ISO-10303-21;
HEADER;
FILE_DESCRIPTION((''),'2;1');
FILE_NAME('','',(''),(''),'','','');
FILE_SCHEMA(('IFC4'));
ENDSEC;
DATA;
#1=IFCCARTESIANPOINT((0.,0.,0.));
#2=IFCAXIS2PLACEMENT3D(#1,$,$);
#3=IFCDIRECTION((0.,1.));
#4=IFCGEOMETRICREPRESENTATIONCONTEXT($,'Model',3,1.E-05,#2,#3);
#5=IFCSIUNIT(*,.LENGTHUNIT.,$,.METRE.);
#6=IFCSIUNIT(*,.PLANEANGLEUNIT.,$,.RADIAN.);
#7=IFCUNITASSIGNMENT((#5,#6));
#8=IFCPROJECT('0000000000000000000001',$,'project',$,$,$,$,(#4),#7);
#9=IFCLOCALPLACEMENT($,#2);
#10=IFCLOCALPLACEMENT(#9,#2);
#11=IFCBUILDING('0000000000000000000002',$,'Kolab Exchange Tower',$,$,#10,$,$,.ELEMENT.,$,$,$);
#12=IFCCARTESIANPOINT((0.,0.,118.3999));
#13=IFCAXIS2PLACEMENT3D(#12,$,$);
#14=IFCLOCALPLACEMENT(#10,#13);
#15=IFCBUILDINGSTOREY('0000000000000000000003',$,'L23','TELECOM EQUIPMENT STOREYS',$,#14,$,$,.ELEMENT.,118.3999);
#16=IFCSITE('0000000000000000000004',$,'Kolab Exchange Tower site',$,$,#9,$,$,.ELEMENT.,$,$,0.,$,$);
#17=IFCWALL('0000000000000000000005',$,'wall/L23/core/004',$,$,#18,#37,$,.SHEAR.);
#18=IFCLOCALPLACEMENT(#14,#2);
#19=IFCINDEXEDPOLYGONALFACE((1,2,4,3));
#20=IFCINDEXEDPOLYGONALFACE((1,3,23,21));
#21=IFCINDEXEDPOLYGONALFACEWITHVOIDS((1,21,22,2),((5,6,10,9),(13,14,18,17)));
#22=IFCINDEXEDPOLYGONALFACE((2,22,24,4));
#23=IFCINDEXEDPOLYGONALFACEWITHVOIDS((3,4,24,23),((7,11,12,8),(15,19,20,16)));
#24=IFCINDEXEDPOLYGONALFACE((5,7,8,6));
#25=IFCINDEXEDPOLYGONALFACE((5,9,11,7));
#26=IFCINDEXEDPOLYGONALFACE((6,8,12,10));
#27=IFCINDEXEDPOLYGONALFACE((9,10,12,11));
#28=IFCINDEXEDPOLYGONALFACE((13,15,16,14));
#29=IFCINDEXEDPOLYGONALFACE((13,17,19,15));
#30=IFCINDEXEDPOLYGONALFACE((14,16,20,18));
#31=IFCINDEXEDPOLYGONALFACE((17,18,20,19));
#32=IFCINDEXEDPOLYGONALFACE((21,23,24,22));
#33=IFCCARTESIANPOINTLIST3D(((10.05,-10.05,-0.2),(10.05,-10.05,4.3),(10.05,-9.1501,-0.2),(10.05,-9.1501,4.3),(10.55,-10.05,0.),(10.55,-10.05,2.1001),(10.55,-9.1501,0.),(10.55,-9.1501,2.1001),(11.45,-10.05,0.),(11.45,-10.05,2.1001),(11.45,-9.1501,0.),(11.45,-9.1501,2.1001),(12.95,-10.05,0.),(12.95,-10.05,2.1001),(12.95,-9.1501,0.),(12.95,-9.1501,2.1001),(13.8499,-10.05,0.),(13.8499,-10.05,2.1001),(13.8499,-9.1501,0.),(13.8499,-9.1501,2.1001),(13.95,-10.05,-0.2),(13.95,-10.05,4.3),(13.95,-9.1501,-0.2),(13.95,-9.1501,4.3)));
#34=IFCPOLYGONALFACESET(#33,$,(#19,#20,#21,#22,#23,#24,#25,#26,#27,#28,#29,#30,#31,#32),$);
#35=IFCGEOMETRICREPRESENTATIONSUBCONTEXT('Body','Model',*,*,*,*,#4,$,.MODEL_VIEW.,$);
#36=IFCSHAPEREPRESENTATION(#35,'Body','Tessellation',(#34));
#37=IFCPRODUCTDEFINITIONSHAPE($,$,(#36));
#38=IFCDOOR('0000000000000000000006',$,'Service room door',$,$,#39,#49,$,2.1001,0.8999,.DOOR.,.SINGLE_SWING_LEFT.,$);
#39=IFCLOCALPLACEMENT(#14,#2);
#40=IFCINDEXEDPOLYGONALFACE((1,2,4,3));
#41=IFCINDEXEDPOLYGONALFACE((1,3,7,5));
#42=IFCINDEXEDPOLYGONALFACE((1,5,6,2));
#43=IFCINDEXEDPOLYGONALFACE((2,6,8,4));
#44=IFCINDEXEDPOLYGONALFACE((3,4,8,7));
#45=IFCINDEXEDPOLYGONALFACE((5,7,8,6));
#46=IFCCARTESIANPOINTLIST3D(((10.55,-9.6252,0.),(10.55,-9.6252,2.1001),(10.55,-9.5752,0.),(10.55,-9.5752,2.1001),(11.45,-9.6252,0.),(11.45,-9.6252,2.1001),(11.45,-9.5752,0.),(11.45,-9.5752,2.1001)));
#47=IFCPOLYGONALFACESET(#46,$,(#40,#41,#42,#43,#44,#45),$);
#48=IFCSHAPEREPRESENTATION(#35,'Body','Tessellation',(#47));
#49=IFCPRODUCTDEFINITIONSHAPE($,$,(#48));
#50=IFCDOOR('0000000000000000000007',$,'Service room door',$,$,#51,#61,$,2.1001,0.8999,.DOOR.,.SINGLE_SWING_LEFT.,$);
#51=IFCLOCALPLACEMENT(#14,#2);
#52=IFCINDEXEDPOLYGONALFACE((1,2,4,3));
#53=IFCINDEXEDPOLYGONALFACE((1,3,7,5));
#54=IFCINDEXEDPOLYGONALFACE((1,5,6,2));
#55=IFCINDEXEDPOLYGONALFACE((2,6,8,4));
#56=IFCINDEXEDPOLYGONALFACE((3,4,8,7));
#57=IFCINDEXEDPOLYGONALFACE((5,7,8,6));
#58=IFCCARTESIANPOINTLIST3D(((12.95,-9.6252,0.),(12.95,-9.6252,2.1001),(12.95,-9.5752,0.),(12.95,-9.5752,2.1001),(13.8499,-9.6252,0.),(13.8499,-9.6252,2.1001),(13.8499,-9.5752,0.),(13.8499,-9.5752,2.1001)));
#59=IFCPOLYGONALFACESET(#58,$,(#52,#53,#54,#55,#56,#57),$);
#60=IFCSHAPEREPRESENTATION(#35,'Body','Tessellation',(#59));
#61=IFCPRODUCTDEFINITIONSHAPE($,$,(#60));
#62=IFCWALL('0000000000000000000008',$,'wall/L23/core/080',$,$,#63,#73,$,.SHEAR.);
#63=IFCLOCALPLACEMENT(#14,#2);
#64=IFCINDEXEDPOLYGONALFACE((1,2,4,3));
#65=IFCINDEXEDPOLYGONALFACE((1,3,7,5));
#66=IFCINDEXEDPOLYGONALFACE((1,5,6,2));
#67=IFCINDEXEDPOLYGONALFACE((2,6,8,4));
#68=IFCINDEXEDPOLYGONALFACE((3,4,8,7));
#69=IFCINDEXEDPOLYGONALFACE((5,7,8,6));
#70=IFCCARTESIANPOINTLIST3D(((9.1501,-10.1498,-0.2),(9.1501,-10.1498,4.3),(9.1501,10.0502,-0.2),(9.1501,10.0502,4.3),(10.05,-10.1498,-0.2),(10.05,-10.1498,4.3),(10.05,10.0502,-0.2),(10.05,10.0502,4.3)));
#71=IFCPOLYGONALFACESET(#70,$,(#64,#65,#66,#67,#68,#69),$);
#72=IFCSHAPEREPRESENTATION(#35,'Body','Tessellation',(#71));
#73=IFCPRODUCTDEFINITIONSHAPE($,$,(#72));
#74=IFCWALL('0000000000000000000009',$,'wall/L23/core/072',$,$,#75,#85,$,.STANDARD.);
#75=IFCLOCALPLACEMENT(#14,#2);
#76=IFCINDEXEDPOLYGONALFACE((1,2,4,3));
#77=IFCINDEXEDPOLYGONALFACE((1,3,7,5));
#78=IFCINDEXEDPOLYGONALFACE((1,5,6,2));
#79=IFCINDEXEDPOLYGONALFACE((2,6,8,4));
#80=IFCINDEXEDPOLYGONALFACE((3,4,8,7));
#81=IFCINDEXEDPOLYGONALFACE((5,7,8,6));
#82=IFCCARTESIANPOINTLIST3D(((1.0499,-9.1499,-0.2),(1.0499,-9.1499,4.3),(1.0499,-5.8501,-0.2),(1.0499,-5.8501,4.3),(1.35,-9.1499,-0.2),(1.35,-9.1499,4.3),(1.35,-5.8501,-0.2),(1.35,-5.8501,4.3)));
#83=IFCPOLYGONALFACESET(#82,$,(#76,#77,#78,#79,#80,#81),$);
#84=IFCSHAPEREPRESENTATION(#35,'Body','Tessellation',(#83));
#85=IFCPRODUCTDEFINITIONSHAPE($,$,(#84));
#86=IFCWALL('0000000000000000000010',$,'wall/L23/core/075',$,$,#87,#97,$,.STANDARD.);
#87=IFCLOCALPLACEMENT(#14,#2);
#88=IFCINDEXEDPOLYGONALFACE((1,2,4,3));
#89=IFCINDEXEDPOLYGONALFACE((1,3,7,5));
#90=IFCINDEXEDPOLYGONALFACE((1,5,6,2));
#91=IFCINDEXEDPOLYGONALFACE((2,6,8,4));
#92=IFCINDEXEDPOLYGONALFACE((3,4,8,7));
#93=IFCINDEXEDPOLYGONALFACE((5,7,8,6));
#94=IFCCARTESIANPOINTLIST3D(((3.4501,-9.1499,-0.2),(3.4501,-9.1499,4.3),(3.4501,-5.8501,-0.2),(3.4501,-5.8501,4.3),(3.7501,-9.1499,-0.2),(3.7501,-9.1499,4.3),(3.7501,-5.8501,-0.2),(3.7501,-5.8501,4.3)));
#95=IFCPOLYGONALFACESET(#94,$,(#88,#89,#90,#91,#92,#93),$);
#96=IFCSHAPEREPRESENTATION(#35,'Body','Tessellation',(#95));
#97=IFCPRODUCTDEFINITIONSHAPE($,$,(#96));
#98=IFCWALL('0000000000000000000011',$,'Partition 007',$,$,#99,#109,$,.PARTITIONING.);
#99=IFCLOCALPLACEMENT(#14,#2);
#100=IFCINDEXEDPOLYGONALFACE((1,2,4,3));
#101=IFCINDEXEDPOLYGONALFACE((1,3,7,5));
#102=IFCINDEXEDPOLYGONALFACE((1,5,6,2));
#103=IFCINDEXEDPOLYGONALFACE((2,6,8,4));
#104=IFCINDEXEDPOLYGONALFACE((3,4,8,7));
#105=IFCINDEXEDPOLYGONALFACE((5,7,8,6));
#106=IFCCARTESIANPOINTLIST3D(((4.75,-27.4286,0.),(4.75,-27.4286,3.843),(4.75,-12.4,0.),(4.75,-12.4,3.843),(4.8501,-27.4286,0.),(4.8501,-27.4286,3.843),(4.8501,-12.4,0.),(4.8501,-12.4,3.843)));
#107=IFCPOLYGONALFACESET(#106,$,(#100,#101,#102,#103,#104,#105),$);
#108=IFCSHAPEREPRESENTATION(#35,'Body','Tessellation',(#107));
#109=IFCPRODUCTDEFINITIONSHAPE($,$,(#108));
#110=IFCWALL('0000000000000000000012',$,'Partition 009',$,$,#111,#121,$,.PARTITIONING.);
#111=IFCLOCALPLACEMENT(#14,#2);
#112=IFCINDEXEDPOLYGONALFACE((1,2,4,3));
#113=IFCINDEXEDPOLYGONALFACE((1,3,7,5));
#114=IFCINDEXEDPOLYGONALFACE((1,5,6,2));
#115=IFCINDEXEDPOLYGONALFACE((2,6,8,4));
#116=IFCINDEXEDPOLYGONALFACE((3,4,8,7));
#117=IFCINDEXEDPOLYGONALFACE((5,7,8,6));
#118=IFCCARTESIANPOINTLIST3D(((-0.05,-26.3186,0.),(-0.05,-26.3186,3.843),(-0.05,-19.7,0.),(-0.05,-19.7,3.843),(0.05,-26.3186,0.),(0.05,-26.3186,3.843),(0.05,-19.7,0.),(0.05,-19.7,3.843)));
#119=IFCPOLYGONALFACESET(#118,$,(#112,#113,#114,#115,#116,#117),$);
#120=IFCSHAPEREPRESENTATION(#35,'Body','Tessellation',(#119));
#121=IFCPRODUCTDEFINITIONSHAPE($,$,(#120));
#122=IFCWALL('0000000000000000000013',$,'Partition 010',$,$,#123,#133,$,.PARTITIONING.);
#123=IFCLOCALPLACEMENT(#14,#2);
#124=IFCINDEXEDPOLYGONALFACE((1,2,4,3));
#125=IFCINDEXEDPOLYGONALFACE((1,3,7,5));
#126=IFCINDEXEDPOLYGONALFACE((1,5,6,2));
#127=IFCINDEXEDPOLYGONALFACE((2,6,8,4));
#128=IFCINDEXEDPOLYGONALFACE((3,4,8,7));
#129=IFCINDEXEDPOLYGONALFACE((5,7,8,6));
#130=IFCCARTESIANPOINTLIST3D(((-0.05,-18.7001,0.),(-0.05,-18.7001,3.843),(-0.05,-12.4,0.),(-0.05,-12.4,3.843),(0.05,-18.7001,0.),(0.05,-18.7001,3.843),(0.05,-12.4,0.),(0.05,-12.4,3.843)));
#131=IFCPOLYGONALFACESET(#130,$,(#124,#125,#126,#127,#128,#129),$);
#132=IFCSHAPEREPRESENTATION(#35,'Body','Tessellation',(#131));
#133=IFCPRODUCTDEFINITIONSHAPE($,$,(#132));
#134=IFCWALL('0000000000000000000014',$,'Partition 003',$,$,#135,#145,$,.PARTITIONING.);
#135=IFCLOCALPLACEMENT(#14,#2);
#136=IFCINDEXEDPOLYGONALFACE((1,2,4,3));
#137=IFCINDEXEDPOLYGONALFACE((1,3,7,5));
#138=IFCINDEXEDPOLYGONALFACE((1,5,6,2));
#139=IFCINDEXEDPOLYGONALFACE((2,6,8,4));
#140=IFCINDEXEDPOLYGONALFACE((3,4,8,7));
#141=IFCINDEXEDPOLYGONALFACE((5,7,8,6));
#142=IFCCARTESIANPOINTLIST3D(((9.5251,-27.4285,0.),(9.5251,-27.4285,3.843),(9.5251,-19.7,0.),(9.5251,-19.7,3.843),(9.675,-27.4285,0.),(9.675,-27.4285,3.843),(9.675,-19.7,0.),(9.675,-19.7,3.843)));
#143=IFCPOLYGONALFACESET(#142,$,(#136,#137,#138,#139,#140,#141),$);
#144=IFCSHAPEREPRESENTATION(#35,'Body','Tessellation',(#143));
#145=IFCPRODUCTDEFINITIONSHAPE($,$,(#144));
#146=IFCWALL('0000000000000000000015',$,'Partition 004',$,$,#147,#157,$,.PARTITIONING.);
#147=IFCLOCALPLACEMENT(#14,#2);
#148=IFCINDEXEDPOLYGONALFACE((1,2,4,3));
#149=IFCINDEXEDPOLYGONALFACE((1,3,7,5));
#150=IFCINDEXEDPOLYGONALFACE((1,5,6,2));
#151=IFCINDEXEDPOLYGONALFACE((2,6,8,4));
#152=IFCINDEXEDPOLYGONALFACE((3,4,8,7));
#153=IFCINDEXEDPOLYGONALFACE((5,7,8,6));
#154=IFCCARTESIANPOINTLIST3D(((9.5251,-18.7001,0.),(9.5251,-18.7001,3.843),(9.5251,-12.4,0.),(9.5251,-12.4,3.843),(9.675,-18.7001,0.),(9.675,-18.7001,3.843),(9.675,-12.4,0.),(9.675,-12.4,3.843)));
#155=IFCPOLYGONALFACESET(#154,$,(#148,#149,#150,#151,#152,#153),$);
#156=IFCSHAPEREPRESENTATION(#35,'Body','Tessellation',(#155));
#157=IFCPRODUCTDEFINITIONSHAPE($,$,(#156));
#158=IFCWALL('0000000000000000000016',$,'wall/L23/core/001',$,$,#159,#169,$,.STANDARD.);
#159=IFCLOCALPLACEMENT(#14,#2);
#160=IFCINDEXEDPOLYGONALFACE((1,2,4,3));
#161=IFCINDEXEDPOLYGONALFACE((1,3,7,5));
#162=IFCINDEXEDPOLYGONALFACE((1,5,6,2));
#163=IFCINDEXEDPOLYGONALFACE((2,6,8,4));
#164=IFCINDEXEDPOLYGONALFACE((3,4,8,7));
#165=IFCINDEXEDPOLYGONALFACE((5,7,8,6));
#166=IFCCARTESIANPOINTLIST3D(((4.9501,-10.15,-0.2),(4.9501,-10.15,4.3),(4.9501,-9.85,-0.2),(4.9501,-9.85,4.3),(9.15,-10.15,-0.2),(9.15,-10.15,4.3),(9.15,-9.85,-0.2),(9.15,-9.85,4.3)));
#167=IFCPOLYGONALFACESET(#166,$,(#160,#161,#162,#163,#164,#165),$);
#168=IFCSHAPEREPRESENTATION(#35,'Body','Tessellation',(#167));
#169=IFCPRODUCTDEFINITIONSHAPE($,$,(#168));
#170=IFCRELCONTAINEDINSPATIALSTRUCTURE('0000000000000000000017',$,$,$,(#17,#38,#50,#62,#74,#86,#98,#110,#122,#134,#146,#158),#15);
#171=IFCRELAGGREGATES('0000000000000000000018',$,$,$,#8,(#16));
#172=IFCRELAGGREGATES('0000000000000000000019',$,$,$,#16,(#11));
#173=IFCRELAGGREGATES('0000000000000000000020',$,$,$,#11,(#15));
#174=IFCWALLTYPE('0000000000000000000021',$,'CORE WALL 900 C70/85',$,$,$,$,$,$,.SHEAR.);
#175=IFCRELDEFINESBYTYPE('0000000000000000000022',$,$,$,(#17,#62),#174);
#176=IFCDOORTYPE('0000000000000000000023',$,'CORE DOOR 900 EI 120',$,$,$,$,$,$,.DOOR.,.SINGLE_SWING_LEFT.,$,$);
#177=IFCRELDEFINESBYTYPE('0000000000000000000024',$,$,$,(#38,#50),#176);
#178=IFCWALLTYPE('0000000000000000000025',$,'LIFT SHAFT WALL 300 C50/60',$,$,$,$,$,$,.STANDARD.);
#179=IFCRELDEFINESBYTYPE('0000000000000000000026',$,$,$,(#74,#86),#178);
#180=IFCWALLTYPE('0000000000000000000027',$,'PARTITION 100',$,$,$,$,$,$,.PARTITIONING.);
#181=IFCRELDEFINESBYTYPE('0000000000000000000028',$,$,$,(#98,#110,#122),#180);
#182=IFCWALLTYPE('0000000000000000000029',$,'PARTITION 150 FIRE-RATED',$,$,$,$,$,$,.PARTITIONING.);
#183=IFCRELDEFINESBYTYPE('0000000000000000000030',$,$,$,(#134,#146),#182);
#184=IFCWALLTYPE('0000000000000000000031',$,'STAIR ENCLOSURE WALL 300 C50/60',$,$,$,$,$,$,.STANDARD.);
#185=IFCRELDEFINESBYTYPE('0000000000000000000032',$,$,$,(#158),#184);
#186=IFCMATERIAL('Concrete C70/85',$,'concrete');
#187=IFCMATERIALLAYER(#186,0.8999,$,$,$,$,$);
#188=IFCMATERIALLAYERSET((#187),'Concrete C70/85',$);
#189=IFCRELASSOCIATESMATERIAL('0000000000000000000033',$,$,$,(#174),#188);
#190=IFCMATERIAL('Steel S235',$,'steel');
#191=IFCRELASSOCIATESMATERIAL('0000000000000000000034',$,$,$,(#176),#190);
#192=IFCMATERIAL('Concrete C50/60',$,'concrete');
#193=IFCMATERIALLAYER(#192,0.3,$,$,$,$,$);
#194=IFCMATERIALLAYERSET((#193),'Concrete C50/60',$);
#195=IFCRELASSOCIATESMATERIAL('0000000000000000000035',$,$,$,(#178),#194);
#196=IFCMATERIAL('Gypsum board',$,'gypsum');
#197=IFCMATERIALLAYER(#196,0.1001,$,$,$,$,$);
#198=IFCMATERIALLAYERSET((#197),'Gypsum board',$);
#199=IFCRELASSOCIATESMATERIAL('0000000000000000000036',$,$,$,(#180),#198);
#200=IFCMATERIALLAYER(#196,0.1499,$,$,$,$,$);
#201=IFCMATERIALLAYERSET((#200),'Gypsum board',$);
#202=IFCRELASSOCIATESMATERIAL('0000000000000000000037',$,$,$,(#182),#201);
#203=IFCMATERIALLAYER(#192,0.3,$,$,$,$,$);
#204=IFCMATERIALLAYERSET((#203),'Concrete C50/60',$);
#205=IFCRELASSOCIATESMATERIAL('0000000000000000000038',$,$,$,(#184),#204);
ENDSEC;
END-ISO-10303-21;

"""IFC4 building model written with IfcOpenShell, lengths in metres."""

from ifc_helpers import new_model, si_unit, direction, frame, frame_2d, origin, place, context, subcontext, project, spatial, rectangle, extrude, material, layer, layer_set, type_object, element, fill, save


model = new_model("IFC4")

# Units and contexts
model_context = context("Model", 3, precision=1e-05, world=origin(), true_north=direction((0.0, 1.0)))
body_context = subcontext(model_context, "Body", "Model", "MODEL_VIEW")
ifc_project = project(units=[si_unit("LENGTHUNIT", "METRE"), si_unit("PLANEANGLEUNIT", "RADIAN")], contexts=[model_context])

# Site, building, storey
site_placement = place(None, origin())
site = spatial("IfcSite", under=ifc_project, at=site_placement, Name="Kolab Exchange Tower site", CompositionType="ELEMENT", RefElevation=0.0)
building_placement = place(site_placement, origin())
building = spatial("IfcBuilding", under=site, at=building_placement, Name="Kolab Exchange Tower", CompositionType="ELEMENT")
storey_placement = place(building_placement, frame((0.0, 0.0, 118.3999)))
storey = spatial("IfcBuildingStorey", under=building, at=storey_placement, Name="L23", Description="TELECOM EQUIPMENT STOREYS", CompositionType="ELEMENT", Elevation=118.3999)

# Shared definitions
ifc_material_1 = material(Name="Concrete C70/85", Category="concrete")

# Wall, openings, doors
ifc_layer_1 = layer(ifc_material_1, 0.8999)
ifc_layer_set_1 = layer_set([ifc_layer_1], Name="Concrete C70/85")
wall_type_1 = type_object("IfcWallType", Name="CORE WALL 900 C70/85", PredefinedType="SHEAR", material=ifc_layer_set_1)
wall_1_placement = place(storey_placement, frame((10.05, -9.6001, -0.2), z_axis=(0.0, 0.0, 1.0), x_axis=(1.0, 0.0, 0.0)))
wall_1 = element("IfcWall", 1, at=wall_1_placement, inside=storey, type_object=wall_type_1, Name="wall/L23/core/004", PredefinedType="SHEAR", context=body_context, shape_type="SweptSolid", body=[
    extrude(rectangle(XDim=3.8999, YDim=0.8999, at=frame_2d((1.95, 0.0))), origin(), (0.0, 0.0, 1.0), 4.5),
])
opening_1_placement = place(wall_1_placement, frame((0.5, 0.0, 0.2)))
opening_1 = element("IfcOpeningElement", 2, at=opening_1_placement, cuts=wall_1, PredefinedType="OPENING", context=body_context, shape_type="SweptSolid", body=[
    extrude(rectangle(XDim=0.8999, YDim=2.1001, at=frame_2d((0.45, 1.05))), frame((0.0, 0.46, 0.0), z_axis=(0.0, -1.0, 0.0), x_axis=(1.0, 0.0, 0.0)), (0.0, 0.0, 1.0), 0.9199),
])
opening_2_placement = place(wall_1_placement, frame((2.8999, 0.0, 0.2)))
opening_2 = element("IfcOpeningElement", 3, at=opening_2_placement, cuts=wall_1, PredefinedType="OPENING", context=body_context, shape_type="SweptSolid", body=[
    extrude(rectangle(XDim=0.8999, YDim=2.1001, at=frame_2d((0.45, 1.05))), frame((0.0, 0.46, 0.0), z_axis=(0.0, -1.0, 0.0), x_axis=(1.0, 0.0, 0.0)), (0.0, 0.0, 1.0), 0.9199),
])
ifc_material_2 = material(Name="Steel S235", Category="steel")
door_type_1 = type_object("IfcDoorType", Name="CORE DOOR 900 EI 120", OperationType="SINGLE_SWING_LEFT", PredefinedType="DOOR", material=ifc_material_2)
door_1_placement = place(opening_1_placement, origin())
door_1 = element("IfcDoor", 4, at=door_1_placement, inside=storey, type_object=door_type_1, Name="Service room door", OperationType="SINGLE_SWING_LEFT", OverallHeight=2.1001, OverallWidth=0.8999, PredefinedType="DOOR", context=body_context, shape_type="SweptSolid", body=[
    extrude(rectangle(XDim=0.8999, YDim=2.1001, at=frame_2d((0.45, 1.05))), frame((0.0, 0.0249, 0.0), z_axis=(0.0, -1.0, 0.0), x_axis=(1.0, 0.0, 0.0)), (0.0, 0.0, 1.0), 0.05),
])
fill(opening_1, door_1)
door_2_placement = place(opening_2_placement, origin())
door_2 = element("IfcDoor", 5, at=door_2_placement, inside=storey, type_object=door_type_1, Name="Service room door", OperationType="SINGLE_SWING_LEFT", OverallHeight=2.1001, OverallWidth=0.8999, PredefinedType="DOOR", context=body_context, shape_type="SweptSolid", body=[
    extrude(rectangle(XDim=0.8999, YDim=2.1001, at=frame_2d((0.45, 1.05))), frame((0.0, 0.0249, 0.0), z_axis=(0.0, -1.0, 0.0), x_axis=(1.0, 0.0, 0.0)), (0.0, 0.0, 1.0), 0.05),
])
fill(opening_2, door_2)

# Walls
wall_2_placement = place(storey_placement, frame((9.6001, -10.1499, -0.2), z_axis=(0.0, 0.0, 1.0), x_axis=(0.0, 1.0, 0.0)))
element("IfcWall", 6, at=wall_2_placement, inside=storey, type_object=wall_type_1, Name="wall/L23/core/080", PredefinedType="SHEAR", context=body_context, shape_type="SweptSolid", body=[
    extrude(rectangle(XDim=20.2, YDim=0.8999, at=frame_2d((10.1001, 0.0))), origin(), (0.0, 0.0, 1.0), 4.5),
])
ifc_material_3 = material(Name="Concrete C50/60", Category="concrete")
ifc_layer_2 = layer(ifc_material_3, 0.3)
ifc_layer_set_2 = layer_set([ifc_layer_2], Name="Concrete C50/60")
wall_type_2 = type_object("IfcWallType", Name="LIFT SHAFT WALL 300 C50/60", PredefinedType="STANDARD", material=ifc_layer_set_2)
for number, where, z_axis, x_axis, name in (
    (7, (1.2, -9.1499, -0.2), (0.0, 0.0, 1.0), (0.0, 1.0, 0.0), "wall/L23/core/072"),
    (8, (3.6001, -9.1499, -0.2), (0.0, 0.0, 1.0), (0.0, 1.0, 0.0), "wall/L23/core/075"),
):
    element("IfcWall", number, at=place(storey_placement, frame(where, z_axis=z_axis, x_axis=x_axis)), inside=storey, type_object=wall_type_2, Name=name, PredefinedType="STANDARD", context=body_context, shape_type="SweptSolid", body=[
        extrude(rectangle(XDim=3.2998, YDim=0.3, at=frame_2d((1.6499, 0.0))), origin(), (0.0, 0.0, 1.0), 4.5),
    ])
ifc_material_4 = material(Name="Gypsum board", Category="gypsum")
ifc_layer_3 = layer(ifc_material_4, 0.1001)
ifc_layer_set_3 = layer_set([ifc_layer_3], Name="Gypsum board")
wall_type_3 = type_object("IfcWallType", Name="PARTITION 100", PredefinedType="PARTITIONING", material=ifc_layer_set_3)
wall_3_placement = place(storey_placement, frame((4.8, -27.4285, 0.0), z_axis=(0.0, 0.0, 1.0), x_axis=(0.0, 1.0, 0.0)))
element("IfcWall", 9, at=wall_3_placement, inside=storey, type_object=wall_type_3, Name="Partition 007", PredefinedType="PARTITIONING", context=body_context, shape_type="SweptSolid", body=[
    extrude(rectangle(XDim=15.0286, YDim=0.1001, at=frame_2d((7.5142, 0.0))), origin(), (0.0, 0.0, 1.0), 3.843),
])
wall_4_placement = place(storey_placement, frame((0.0, -26.3186, 0.0), z_axis=(0.0, 0.0, 1.0), x_axis=(0.0, 1.0, 0.0)))
element("IfcWall", 10, at=wall_4_placement, inside=storey, type_object=wall_type_3, Name="Partition 009", PredefinedType="PARTITIONING", context=body_context, shape_type="SweptSolid", body=[
    extrude(rectangle(XDim=6.6187, YDim=0.1001, at=frame_2d((3.3093, 0.0))), origin(), (0.0, 0.0, 1.0), 3.843),
])
wall_5_placement = place(storey_placement, frame((0.0, -18.7, 0.0), z_axis=(0.0, 0.0, 1.0), x_axis=(0.0, 1.0, 0.0)))
element("IfcWall", 11, at=wall_5_placement, inside=storey, type_object=wall_type_3, Name="Partition 010", PredefinedType="PARTITIONING", context=body_context, shape_type="SweptSolid", body=[
    extrude(rectangle(XDim=6.3, YDim=0.1001, at=frame_2d((3.1499, 0.0))), origin(), (0.0, 0.0, 1.0), 3.843),
])
ifc_layer_4 = layer(ifc_material_4, 0.1499)
ifc_layer_set_4 = layer_set([ifc_layer_4], Name="Gypsum board")
wall_type_4 = type_object("IfcWallType", Name="PARTITION 150 FIRE-RATED", PredefinedType="PARTITIONING", material=ifc_layer_set_4)
wall_6_placement = place(storey_placement, frame((9.6001, -27.4285, 0.0), z_axis=(0.0, 0.0, 1.0), x_axis=(0.0, 1.0, 0.0)))
element("IfcWall", 12, at=wall_6_placement, inside=storey, type_object=wall_type_4, Name="Partition 003", PredefinedType="PARTITIONING", context=body_context, shape_type="SweptSolid", body=[
    extrude(rectangle(XDim=7.7285, YDim=0.1499, at=frame_2d((3.8643, 0.0))), origin(), (0.0, 0.0, 1.0), 3.843),
])
wall_7_placement = place(storey_placement, frame((9.6001, -18.7, 0.0), z_axis=(0.0, 0.0, 1.0), x_axis=(0.0, 1.0, 0.0)))
element("IfcWall", 13, at=wall_7_placement, inside=storey, type_object=wall_type_4, Name="Partition 004", PredefinedType="PARTITIONING", context=body_context, shape_type="SweptSolid", body=[
    extrude(rectangle(XDim=6.3, YDim=0.1499, at=frame_2d((3.1499, 0.0))), origin(), (0.0, 0.0, 1.0), 3.843),
])
ifc_layer_5 = layer(ifc_material_3, 0.3)
ifc_layer_set_5 = layer_set([ifc_layer_5], Name="Concrete C50/60")
wall_type_5 = type_object("IfcWallType", Name="STAIR ENCLOSURE WALL 300 C50/60", PredefinedType="STANDARD", material=ifc_layer_set_5)
wall_8_placement = place(storey_placement, frame((4.95, -10.0, -0.2), z_axis=(0.0, 0.0, 1.0), x_axis=(1.0, 0.0, 0.0)))
element("IfcWall", 14, at=wall_8_placement, inside=storey, type_object=wall_type_5, Name="wall/L23/core/001", PredefinedType="STANDARD", context=body_context, shape_type="SweptSolid", body=[
    extrude(rectangle(XDim=4.2, YDim=0.3, at=frame_2d((2.1001, 0.0))), origin(), (0.0, 0.0, 1.0), 4.5),
])

save(model, "model.ifc")
